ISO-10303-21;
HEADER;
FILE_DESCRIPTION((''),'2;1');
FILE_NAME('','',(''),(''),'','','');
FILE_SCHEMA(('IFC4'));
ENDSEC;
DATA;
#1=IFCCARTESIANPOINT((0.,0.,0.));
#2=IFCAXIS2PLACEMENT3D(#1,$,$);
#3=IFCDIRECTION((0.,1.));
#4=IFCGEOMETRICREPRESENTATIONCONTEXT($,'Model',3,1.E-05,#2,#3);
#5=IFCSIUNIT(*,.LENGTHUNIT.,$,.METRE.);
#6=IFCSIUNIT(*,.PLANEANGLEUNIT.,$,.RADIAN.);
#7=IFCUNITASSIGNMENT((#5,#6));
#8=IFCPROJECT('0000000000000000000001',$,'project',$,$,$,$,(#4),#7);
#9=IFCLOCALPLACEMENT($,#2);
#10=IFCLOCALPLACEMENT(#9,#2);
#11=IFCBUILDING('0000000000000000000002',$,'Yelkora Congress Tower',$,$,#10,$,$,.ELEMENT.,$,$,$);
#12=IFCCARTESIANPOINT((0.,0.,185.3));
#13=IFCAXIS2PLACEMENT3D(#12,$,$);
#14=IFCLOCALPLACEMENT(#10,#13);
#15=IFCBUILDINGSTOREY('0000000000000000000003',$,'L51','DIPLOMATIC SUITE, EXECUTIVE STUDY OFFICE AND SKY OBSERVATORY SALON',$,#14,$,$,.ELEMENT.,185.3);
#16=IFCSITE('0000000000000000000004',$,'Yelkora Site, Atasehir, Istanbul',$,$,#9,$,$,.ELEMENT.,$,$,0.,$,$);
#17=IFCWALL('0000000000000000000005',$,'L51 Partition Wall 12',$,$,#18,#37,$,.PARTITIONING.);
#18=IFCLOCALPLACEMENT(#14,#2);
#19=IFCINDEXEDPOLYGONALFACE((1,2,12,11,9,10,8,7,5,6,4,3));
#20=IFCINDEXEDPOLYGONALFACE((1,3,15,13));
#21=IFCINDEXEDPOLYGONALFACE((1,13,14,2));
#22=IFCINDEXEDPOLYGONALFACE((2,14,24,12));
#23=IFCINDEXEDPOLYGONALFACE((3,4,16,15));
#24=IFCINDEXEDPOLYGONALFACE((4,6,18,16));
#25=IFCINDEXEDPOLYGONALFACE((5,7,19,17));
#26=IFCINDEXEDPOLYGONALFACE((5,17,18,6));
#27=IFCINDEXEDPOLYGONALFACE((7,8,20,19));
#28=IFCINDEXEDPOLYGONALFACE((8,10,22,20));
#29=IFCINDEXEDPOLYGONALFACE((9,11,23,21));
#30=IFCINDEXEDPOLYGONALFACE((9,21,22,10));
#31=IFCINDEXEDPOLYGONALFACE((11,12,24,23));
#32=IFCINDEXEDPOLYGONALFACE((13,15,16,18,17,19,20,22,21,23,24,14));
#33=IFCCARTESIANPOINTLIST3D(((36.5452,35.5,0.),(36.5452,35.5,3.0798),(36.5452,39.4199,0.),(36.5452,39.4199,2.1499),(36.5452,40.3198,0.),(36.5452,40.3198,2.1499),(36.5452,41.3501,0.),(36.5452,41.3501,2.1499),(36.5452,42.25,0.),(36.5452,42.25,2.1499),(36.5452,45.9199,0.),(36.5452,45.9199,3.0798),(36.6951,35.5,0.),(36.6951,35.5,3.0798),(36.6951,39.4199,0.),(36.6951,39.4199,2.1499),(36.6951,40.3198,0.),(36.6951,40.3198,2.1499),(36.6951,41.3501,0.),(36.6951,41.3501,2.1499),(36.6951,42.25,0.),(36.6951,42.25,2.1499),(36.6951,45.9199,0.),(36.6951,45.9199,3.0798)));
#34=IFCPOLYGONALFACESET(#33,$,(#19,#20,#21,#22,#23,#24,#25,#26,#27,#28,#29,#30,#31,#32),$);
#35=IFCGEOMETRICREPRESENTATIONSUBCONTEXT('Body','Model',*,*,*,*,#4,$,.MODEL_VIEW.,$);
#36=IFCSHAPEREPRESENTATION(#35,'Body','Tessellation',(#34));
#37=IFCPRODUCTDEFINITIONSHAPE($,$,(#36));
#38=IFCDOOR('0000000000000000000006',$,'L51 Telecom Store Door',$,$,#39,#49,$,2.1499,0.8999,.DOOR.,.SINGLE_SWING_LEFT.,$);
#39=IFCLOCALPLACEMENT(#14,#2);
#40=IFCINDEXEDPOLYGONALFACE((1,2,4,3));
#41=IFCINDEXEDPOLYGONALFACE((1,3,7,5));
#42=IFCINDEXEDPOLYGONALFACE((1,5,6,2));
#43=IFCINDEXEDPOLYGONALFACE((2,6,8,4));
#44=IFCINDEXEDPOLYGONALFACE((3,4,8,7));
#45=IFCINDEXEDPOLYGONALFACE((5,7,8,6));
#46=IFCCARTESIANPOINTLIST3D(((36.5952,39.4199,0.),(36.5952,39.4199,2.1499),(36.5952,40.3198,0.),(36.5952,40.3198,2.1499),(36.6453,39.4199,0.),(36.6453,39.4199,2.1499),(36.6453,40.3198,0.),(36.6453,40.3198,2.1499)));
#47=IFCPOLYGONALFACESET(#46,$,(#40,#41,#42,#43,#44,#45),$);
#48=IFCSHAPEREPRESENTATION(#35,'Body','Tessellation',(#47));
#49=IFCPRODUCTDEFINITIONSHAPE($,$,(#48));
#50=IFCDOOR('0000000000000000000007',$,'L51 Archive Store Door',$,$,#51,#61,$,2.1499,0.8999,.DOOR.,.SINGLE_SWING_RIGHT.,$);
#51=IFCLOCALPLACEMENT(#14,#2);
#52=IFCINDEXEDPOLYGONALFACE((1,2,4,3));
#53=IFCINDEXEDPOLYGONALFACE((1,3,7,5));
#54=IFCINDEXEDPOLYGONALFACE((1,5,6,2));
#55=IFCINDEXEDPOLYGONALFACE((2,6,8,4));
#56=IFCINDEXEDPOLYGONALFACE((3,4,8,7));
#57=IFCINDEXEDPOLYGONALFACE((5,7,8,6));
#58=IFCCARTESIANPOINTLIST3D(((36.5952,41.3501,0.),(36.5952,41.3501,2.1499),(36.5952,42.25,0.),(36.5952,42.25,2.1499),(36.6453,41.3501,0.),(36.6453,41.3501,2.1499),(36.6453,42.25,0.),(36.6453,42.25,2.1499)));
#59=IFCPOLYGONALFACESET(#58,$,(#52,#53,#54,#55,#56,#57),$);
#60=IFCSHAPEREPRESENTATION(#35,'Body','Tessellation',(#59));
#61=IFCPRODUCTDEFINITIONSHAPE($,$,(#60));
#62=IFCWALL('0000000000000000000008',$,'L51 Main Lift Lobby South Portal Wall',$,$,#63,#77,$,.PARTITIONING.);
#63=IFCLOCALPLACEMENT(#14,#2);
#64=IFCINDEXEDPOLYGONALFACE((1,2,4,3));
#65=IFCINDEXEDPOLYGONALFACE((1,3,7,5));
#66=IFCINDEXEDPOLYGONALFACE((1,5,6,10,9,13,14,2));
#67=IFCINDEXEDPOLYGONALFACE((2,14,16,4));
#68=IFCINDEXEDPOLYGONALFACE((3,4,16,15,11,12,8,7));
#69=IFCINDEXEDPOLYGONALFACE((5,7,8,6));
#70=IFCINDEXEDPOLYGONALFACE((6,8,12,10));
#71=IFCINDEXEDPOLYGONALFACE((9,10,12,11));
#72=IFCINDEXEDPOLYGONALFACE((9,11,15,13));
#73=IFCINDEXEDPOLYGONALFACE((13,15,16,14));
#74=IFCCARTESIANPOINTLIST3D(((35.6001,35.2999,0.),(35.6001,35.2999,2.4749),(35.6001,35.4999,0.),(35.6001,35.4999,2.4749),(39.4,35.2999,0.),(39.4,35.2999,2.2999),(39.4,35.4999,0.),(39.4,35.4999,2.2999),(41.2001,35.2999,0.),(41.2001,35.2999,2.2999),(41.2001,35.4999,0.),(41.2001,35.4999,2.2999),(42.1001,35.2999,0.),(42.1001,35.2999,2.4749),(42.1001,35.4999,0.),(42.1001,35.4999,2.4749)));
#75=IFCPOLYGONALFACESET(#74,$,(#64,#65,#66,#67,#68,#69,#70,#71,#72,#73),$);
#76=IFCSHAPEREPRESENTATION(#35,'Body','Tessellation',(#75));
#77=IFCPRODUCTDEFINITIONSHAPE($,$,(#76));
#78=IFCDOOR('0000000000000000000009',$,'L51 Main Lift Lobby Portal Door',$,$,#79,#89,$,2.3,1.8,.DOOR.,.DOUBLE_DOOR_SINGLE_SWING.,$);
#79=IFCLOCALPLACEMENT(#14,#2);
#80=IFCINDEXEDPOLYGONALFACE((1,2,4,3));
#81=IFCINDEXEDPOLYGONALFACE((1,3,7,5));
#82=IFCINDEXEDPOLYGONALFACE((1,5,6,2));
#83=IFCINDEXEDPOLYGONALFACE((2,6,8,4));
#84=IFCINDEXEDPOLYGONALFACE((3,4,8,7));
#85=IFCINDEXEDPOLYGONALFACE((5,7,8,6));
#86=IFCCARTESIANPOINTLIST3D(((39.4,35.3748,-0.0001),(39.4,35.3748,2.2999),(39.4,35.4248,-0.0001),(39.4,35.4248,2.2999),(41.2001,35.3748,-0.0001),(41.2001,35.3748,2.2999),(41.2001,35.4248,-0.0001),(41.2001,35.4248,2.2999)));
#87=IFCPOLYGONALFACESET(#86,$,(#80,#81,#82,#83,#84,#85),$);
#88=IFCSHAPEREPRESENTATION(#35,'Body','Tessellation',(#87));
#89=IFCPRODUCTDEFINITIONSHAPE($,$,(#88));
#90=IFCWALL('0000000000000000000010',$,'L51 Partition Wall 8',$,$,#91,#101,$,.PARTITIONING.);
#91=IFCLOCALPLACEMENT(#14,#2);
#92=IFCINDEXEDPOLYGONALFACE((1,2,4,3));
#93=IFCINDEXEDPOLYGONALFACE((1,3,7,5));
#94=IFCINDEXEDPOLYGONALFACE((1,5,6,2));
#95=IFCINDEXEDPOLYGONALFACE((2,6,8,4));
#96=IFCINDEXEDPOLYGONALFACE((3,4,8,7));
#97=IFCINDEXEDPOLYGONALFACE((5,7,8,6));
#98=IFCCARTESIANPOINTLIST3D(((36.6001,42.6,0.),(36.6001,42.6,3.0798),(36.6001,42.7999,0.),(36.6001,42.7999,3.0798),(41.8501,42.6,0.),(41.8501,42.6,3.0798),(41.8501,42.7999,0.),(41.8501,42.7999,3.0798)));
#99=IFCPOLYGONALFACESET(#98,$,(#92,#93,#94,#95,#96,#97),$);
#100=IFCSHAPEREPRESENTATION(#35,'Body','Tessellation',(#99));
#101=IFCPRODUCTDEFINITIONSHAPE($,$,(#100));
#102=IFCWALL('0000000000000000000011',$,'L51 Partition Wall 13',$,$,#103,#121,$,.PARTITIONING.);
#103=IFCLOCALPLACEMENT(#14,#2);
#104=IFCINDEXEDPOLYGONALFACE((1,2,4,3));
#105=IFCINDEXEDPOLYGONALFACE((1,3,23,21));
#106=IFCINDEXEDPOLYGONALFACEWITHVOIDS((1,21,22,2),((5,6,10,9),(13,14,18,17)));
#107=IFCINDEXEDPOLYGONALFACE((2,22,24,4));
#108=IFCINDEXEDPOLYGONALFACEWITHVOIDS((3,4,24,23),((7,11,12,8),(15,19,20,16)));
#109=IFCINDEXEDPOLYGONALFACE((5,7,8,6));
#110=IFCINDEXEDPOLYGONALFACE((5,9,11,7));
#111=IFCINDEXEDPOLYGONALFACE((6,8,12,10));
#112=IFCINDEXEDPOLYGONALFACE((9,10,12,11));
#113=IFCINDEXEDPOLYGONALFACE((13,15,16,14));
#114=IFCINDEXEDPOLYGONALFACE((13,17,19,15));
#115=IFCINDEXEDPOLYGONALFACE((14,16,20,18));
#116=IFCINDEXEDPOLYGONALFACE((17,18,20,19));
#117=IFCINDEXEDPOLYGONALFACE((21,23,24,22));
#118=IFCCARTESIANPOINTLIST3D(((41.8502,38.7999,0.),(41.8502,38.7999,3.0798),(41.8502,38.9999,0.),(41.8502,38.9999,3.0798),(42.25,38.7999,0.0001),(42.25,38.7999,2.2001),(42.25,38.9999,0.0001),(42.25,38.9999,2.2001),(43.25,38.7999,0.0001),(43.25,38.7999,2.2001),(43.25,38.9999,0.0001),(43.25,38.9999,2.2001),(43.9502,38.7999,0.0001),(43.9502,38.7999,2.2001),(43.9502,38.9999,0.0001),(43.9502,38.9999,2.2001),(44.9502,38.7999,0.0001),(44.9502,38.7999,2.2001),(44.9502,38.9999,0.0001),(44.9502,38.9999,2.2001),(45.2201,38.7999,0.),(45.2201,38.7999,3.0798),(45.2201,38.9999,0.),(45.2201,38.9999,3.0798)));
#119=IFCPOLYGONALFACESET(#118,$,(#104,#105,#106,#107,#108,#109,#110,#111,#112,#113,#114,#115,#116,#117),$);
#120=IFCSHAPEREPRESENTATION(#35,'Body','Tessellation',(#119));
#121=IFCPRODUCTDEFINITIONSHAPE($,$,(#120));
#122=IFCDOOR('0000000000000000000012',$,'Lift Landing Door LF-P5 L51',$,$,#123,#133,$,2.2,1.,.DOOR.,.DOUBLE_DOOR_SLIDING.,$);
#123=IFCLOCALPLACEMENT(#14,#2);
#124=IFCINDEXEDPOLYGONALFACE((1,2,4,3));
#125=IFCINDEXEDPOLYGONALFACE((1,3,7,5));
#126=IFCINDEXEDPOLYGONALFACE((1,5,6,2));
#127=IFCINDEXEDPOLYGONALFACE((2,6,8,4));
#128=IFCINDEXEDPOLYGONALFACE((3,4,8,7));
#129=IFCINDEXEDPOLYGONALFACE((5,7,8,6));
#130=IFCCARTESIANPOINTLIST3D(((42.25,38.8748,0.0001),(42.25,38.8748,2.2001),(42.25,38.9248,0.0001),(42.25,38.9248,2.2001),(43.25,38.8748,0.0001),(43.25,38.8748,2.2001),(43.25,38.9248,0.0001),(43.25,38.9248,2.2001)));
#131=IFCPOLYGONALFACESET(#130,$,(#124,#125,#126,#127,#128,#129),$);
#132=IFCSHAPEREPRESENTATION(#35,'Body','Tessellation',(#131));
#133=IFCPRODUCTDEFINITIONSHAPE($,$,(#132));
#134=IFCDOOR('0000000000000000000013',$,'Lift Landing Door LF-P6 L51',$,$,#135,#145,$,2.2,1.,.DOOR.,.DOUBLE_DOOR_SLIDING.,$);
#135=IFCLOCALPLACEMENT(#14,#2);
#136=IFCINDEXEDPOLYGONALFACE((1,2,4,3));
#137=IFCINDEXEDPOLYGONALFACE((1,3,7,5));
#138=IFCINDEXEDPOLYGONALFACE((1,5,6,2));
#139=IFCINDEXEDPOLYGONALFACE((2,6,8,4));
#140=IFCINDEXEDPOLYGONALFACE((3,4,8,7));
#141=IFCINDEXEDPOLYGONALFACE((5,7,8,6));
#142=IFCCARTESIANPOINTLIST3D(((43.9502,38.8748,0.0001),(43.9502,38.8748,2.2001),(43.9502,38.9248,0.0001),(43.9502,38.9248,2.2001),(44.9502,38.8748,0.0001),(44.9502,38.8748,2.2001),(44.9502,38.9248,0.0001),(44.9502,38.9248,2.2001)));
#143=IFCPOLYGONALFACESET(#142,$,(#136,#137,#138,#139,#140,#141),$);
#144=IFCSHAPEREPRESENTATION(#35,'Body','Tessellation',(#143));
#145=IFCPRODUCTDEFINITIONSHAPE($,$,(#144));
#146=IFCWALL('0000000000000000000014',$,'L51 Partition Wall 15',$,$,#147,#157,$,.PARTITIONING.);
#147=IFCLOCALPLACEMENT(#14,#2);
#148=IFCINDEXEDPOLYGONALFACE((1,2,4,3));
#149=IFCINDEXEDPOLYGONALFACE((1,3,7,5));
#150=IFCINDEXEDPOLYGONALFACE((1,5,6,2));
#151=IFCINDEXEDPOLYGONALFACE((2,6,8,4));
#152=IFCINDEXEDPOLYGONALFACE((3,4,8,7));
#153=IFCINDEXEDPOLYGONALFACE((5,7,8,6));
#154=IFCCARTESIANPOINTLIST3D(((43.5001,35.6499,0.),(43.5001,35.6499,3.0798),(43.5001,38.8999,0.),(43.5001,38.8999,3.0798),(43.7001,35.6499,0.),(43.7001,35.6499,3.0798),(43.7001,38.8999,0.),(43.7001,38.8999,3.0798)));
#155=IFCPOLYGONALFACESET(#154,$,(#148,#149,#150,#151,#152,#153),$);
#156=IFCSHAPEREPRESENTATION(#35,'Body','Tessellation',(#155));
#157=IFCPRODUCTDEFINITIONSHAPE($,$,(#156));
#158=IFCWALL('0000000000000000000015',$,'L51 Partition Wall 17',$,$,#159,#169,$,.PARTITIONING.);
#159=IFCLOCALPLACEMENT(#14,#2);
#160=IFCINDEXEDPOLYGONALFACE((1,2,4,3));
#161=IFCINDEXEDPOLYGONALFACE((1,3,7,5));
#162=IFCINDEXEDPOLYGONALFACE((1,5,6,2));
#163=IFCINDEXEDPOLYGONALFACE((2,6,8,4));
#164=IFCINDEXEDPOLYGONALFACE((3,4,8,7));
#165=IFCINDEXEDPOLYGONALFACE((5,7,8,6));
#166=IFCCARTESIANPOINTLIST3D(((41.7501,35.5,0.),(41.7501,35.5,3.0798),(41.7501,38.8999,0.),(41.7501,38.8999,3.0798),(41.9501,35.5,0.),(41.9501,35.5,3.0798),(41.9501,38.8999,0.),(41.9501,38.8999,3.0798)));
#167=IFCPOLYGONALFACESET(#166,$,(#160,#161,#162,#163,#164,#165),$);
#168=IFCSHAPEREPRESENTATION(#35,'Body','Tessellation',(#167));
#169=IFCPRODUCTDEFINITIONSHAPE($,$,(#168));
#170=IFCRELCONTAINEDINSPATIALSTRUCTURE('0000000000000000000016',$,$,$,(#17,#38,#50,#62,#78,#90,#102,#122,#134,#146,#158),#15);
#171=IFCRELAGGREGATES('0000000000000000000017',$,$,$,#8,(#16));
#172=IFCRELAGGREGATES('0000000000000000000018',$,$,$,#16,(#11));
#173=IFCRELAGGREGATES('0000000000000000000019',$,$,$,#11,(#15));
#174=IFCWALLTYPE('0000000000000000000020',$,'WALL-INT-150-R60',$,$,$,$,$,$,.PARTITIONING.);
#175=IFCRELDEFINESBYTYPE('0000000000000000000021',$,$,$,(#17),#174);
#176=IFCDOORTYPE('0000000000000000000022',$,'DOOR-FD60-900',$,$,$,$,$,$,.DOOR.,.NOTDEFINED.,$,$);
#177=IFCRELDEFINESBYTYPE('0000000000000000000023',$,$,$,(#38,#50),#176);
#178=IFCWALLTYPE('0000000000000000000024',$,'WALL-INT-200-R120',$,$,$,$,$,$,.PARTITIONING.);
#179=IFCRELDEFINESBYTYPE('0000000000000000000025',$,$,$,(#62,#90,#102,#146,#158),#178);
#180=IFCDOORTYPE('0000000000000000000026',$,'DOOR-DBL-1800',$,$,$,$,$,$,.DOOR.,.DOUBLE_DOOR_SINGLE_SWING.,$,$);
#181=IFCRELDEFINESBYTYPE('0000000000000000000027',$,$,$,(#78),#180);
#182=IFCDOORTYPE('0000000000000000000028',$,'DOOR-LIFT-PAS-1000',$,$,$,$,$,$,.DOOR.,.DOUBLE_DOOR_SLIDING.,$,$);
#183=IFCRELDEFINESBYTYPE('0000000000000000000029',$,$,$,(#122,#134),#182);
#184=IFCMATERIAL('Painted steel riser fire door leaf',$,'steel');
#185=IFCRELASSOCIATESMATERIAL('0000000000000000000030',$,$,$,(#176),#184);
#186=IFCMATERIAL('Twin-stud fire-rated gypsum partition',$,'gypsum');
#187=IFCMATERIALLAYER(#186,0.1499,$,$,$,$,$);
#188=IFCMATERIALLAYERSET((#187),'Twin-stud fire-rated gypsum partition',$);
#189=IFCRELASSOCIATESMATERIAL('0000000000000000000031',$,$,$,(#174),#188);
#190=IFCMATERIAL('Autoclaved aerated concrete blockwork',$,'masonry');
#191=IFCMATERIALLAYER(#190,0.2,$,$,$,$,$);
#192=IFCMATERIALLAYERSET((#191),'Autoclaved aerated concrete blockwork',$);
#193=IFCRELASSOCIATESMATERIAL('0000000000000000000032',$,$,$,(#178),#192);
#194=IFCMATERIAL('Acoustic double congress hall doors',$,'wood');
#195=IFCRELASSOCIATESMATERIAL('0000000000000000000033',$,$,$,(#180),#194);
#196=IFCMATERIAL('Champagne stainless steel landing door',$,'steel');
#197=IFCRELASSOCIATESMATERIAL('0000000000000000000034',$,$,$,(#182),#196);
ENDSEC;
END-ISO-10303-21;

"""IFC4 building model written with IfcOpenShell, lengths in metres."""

from ifc_helpers import new_model, si_unit, direction, frame, frame_2d, origin, place, context, subcontext, project, spatial, rectangle, extrude, material, layer, layer_set, type_object, element, fill, save


model = new_model("IFC4")

# Units and contexts
model_context = context("Model", 3, precision=1e-05, world=origin(), true_north=direction((0.0, 1.0)))
body_context = subcontext(model_context, "Body", "Model", "MODEL_VIEW")
ifc_project = project(units=[si_unit("LENGTHUNIT", "METRE"), si_unit("PLANEANGLEUNIT", "RADIAN")], contexts=[model_context])

# Site, building, storey
site_placement = place(None, origin())
site = spatial("IfcSite", under=ifc_project, at=site_placement, Name="Yelkora Site, Atasehir, Istanbul", CompositionType="ELEMENT", RefElevation=0.0)
building_placement = place(site_placement, origin())
building = spatial("IfcBuilding", under=site, at=building_placement, Name="Yelkora Congress Tower", CompositionType="ELEMENT")
storey_placement = place(building_placement, frame((0.0, 0.0, 185.3)))
storey = spatial("IfcBuildingStorey", under=building, at=storey_placement, Name="L51", Description="DIPLOMATIC SUITE, EXECUTIVE STUDY OFFICE AND SKY OBSERVATORY SALON", CompositionType="ELEMENT", Elevation=185.3)

# Shared definitions
ifc_material_1 = material(Name="Painted steel riser fire door leaf", Category="steel")
door_type_1 = type_object("IfcDoorType", Name="DOOR-FD60-900", OperationType="NOTDEFINED", PredefinedType="DOOR", material=ifc_material_1)

# Shared definitions
ifc_material_2 = material(Name="Twin-stud fire-rated gypsum partition", Category="gypsum")
ifc_layer_1 = layer(ifc_material_2, 0.1499)
ifc_layer_set_1 = layer_set([ifc_layer_1], Name="Twin-stud fire-rated gypsum partition")
wall_type_1 = type_object("IfcWallType", Name="WALL-INT-150-R60", PredefinedType="PARTITIONING", material=ifc_layer_set_1)

# Wall, openings, doors
wall_1_placement = place(storey_placement, frame((36.6201, 35.5, 0.0), z_axis=(0.0, 0.0, 1.0), x_axis=(0.0, 1.0, 0.0)))
wall_1 = element("IfcWall", 1, at=wall_1_placement, inside=storey, type_object=wall_type_1, Name="L51 Partition Wall 12", PredefinedType="PARTITIONING", context=body_context, shape_type="SweptSolid", body=[
    extrude(rectangle(XDim=10.4199, YDim=0.1499, at=frame_2d((5.21, 0.0))), origin(), (0.0, 0.0, 1.0), 3.0798),
])
opening_1_placement = place(wall_1_placement, frame((3.9199, 0.0, 0.0)))
opening_1 = element("IfcOpeningElement", 2, at=opening_1_placement, cuts=wall_1, PredefinedType="OPENING", context=body_context, shape_type="SweptSolid", body=[
    extrude(rectangle(XDim=0.8999, YDim=2.1499, at=frame_2d((0.45, 1.075))), frame((0.0, 0.085, 0.0), z_axis=(0.0, -1.0, 0.0), x_axis=(1.0, 0.0, 0.0)), (0.0, 0.0, 1.0), 0.1699),
])
opening_2_placement = place(wall_1_placement, frame((5.8501, 0.0, 0.0)))
opening_2 = element("IfcOpeningElement", 3, at=opening_2_placement, cuts=wall_1, PredefinedType="OPENING", context=body_context, shape_type="SweptSolid", body=[
    extrude(rectangle(XDim=0.8999, YDim=2.1499, at=frame_2d((0.45, 1.075))), frame((0.0, 0.085, 0.0), z_axis=(0.0, -1.0, 0.0), x_axis=(1.0, 0.0, 0.0)), (0.0, 0.0, 1.0), 0.1699),
])
door_1_placement = place(opening_1_placement, origin())
door_1 = element("IfcDoor", 4, at=door_1_placement, inside=storey, type_object=door_type_1, Name="L51 Telecom Store Door", OperationType="SINGLE_SWING_LEFT", OverallHeight=2.1499, OverallWidth=0.8999, PredefinedType="DOOR", context=body_context, shape_type="SweptSolid", body=[
    extrude(rectangle(XDim=0.8999, YDim=2.1499, at=frame_2d((0.45, 1.075))), frame((0.0, 0.0249, 0.0), z_axis=(0.0, -1.0, 0.0), x_axis=(1.0, 0.0, 0.0)), (0.0, 0.0, 1.0), 0.05),
])
fill(opening_1, door_1)
door_2_placement = place(opening_2_placement, origin())
door_2 = element("IfcDoor", 5, at=door_2_placement, inside=storey, type_object=door_type_1, Name="L51 Archive Store Door", OperationType="SINGLE_SWING_RIGHT", OverallHeight=2.1499, OverallWidth=0.8999, PredefinedType="DOOR", context=body_context, shape_type="SweptSolid", body=[
    extrude(rectangle(XDim=0.8999, YDim=2.1499, at=frame_2d((0.45, 1.075))), frame((0.0, 0.0249, 0.0), z_axis=(0.0, -1.0, 0.0), x_axis=(1.0, 0.0, 0.0)), (0.0, 0.0, 1.0), 0.05),
])
fill(opening_2, door_2)

# Wall, opening, door
ifc_material_3 = material(Name="Autoclaved aerated concrete blockwork", Category="masonry")
ifc_layer_2 = layer(ifc_material_3, 0.2)
ifc_layer_set_2 = layer_set([ifc_layer_2], Name="Autoclaved aerated concrete blockwork")
wall_type_2 = type_object("IfcWallType", Name="WALL-INT-200-R120", PredefinedType="PARTITIONING", material=ifc_layer_set_2)
wall_2_placement = place(storey_placement, frame((35.6001, 35.3999, 0.0), z_axis=(0.0, 0.0, 1.0), x_axis=(1.0, 0.0, 0.0)))
wall_2 = element("IfcWall", 6, at=wall_2_placement, inside=storey, type_object=wall_type_2, Name="L51 Main Lift Lobby South Portal Wall", PredefinedType="PARTITIONING", context=body_context, shape_type="SweptSolid", body=[
    extrude(rectangle(XDim=6.5, YDim=0.2, at=frame_2d((3.25, 0.0))), origin(), (0.0, 0.0, 1.0), 2.4749),
])
opening_3_placement = place(wall_2_placement, frame((3.8, 0.0, 0.0)))
opening_3 = element("IfcOpeningElement", 7, at=opening_3_placement, cuts=wall_2, PredefinedType="OPENING", context=body_context, shape_type="SweptSolid", body=[
    extrude(rectangle(XDim=1.8, YDim=2.3, at=frame_2d((0.8999, 1.1499))), frame((0.0, 0.1099, 0.0), z_axis=(0.0, -1.0, 0.0), x_axis=(1.0, 0.0, 0.0)), (0.0, 0.0, 1.0), 0.22),
])
ifc_material_4 = material(Name="Acoustic double congress hall doors", Category="wood")
door_type_2 = type_object("IfcDoorType", Name="DOOR-DBL-1800", OperationType="DOUBLE_DOOR_SINGLE_SWING", PredefinedType="DOOR", material=ifc_material_4)
door_3_placement = place(opening_3_placement, origin())
door_3 = element("IfcDoor", 8, at=door_3_placement, inside=storey, type_object=door_type_2, Name="L51 Main Lift Lobby Portal Door", OperationType="DOUBLE_DOOR_SINGLE_SWING", OverallHeight=2.3, OverallWidth=1.8, PredefinedType="DOOR", context=body_context, shape_type="SweptSolid", body=[
    extrude(rectangle(XDim=1.8, YDim=2.3, at=frame_2d((0.8999, 1.1499))), frame((0.0, 0.0249, 0.0), z_axis=(0.0, -1.0, 0.0), x_axis=(1.0, 0.0, 0.0)), (0.0, 0.0, 1.0), 0.05),
])
fill(opening_3, door_3)

# Wall
wall_3_placement = place(storey_placement, frame((36.6001, 42.7, 0.0), z_axis=(0.0, 0.0, 1.0), x_axis=(1.0, 0.0, 0.0)))
element("IfcWall", 9, at=wall_3_placement, inside=storey, type_object=wall_type_2, Name="L51 Partition Wall 8", PredefinedType="PARTITIONING", context=body_context, shape_type="SweptSolid", body=[
    extrude(rectangle(XDim=5.25, YDim=0.2, at=frame_2d((2.625, 0.0))), origin(), (0.0, 0.0, 1.0), 3.0798),
])

# Wall, openings, doors
wall_4_placement = place(storey_placement, frame((41.8501, 38.8999, 0.0), z_axis=(0.0, 0.0, 1.0), x_axis=(1.0, 0.0, 0.0)))
wall_4 = element("IfcWall", 10, at=wall_4_placement, inside=storey, type_object=wall_type_2, Name="L51 Partition Wall 13", PredefinedType="PARTITIONING", context=body_context, shape_type="SweptSolid", body=[
    extrude(rectangle(XDim=3.3699, YDim=0.2, at=frame_2d((1.6851, 0.0))), origin(), (0.0, 0.0, 1.0), 3.0798),
])
opening_4_placement = place(wall_4_placement, frame((0.3999, 0.0, 0.0)))
opening_4 = element("IfcOpeningElement", 11, at=opening_4_placement, cuts=wall_4, PredefinedType="OPENING", context=body_context, shape_type="SweptSolid", body=[
    extrude(rectangle(XDim=1.0, YDim=2.2, at=frame_2d((0.5, 1.1001))), frame((0.0, 0.1099, 0.0), z_axis=(0.0, -1.0, 0.0), x_axis=(1.0, 0.0, 0.0)), (0.0, 0.0, 1.0), 0.22),
])
opening_5_placement = place(wall_4_placement, frame((2.1001, 0.0, 0.0)))
opening_5 = element("IfcOpeningElement", 12, at=opening_5_placement, cuts=wall_4, PredefinedType="OPENING", context=body_context, shape_type="SweptSolid", body=[
    extrude(rectangle(XDim=1.0, YDim=2.2, at=frame_2d((0.5, 1.1001))), frame((0.0, 0.1099, 0.0), z_axis=(0.0, -1.0, 0.0), x_axis=(1.0, 0.0, 0.0)), (0.0, 0.0, 1.0), 0.22),
])
ifc_material_5 = material(Name="Champagne stainless steel landing door", Category="steel")
door_type_3 = type_object("IfcDoorType", Name="DOOR-LIFT-PAS-1000", OperationType="DOUBLE_DOOR_SLIDING", PredefinedType="DOOR", material=ifc_material_5)
door_4_placement = place(opening_4_placement, origin())
door_4 = element("IfcDoor", 13, at=door_4_placement, inside=storey, type_object=door_type_3, Name="Lift Landing Door LF-P5 L51", OperationType="DOUBLE_DOOR_SLIDING", OverallHeight=2.2, OverallWidth=1.0, PredefinedType="DOOR", context=body_context, shape_type="SweptSolid", body=[
    extrude(rectangle(XDim=1.0, YDim=2.2, at=frame_2d((0.5, 1.1001))), frame((0.0, 0.0249, 0.0), z_axis=(0.0, -1.0, 0.0), x_axis=(1.0, 0.0, 0.0)), (0.0, 0.0, 1.0), 0.05),
])
fill(opening_4, door_4)
door_5_placement = place(opening_5_placement, origin())
door_5 = element("IfcDoor", 14, at=door_5_placement, inside=storey, type_object=door_type_3, Name="Lift Landing Door LF-P6 L51", OperationType="DOUBLE_DOOR_SLIDING", OverallHeight=2.2, OverallWidth=1.0, PredefinedType="DOOR", context=body_context, shape_type="SweptSolid", body=[
    extrude(rectangle(XDim=1.0, YDim=2.2, at=frame_2d((0.5, 1.1001))), frame((0.0, 0.0249, 0.0), z_axis=(0.0, -1.0, 0.0), x_axis=(1.0, 0.0, 0.0)), (0.0, 0.0, 1.0), 0.05),
])
fill(opening_5, door_5)

# Walls
wall_5_placement = place(storey_placement, frame((43.6001, 35.6499, 0.0), z_axis=(0.0, 0.0, 1.0), x_axis=(0.0, 1.0, 0.0)))
element("IfcWall", 15, at=wall_5_placement, inside=storey, type_object=wall_type_2, Name="L51 Partition Wall 15", PredefinedType="PARTITIONING", context=body_context, shape_type="SweptSolid", body=[
    extrude(rectangle(XDim=3.25, YDim=0.2, at=frame_2d((1.625, 0.0))), origin(), (0.0, 0.0, 1.0), 3.0798),
])
wall_6_placement = place(storey_placement, frame((41.8501, 35.5, 0.0), z_axis=(0.0, 0.0, 1.0), x_axis=(0.0, 1.0, 0.0)))
element("IfcWall", 16, at=wall_6_placement, inside=storey, type_object=wall_type_2, Name="L51 Partition Wall 17", PredefinedType="PARTITIONING", context=body_context, shape_type="SweptSolid", body=[
    extrude(rectangle(XDim=3.3999, YDim=0.2, at=frame_2d((1.7, 0.0))), origin(), (0.0, 0.0, 1.0), 3.0798),
])

save(model, "model.ifc")
